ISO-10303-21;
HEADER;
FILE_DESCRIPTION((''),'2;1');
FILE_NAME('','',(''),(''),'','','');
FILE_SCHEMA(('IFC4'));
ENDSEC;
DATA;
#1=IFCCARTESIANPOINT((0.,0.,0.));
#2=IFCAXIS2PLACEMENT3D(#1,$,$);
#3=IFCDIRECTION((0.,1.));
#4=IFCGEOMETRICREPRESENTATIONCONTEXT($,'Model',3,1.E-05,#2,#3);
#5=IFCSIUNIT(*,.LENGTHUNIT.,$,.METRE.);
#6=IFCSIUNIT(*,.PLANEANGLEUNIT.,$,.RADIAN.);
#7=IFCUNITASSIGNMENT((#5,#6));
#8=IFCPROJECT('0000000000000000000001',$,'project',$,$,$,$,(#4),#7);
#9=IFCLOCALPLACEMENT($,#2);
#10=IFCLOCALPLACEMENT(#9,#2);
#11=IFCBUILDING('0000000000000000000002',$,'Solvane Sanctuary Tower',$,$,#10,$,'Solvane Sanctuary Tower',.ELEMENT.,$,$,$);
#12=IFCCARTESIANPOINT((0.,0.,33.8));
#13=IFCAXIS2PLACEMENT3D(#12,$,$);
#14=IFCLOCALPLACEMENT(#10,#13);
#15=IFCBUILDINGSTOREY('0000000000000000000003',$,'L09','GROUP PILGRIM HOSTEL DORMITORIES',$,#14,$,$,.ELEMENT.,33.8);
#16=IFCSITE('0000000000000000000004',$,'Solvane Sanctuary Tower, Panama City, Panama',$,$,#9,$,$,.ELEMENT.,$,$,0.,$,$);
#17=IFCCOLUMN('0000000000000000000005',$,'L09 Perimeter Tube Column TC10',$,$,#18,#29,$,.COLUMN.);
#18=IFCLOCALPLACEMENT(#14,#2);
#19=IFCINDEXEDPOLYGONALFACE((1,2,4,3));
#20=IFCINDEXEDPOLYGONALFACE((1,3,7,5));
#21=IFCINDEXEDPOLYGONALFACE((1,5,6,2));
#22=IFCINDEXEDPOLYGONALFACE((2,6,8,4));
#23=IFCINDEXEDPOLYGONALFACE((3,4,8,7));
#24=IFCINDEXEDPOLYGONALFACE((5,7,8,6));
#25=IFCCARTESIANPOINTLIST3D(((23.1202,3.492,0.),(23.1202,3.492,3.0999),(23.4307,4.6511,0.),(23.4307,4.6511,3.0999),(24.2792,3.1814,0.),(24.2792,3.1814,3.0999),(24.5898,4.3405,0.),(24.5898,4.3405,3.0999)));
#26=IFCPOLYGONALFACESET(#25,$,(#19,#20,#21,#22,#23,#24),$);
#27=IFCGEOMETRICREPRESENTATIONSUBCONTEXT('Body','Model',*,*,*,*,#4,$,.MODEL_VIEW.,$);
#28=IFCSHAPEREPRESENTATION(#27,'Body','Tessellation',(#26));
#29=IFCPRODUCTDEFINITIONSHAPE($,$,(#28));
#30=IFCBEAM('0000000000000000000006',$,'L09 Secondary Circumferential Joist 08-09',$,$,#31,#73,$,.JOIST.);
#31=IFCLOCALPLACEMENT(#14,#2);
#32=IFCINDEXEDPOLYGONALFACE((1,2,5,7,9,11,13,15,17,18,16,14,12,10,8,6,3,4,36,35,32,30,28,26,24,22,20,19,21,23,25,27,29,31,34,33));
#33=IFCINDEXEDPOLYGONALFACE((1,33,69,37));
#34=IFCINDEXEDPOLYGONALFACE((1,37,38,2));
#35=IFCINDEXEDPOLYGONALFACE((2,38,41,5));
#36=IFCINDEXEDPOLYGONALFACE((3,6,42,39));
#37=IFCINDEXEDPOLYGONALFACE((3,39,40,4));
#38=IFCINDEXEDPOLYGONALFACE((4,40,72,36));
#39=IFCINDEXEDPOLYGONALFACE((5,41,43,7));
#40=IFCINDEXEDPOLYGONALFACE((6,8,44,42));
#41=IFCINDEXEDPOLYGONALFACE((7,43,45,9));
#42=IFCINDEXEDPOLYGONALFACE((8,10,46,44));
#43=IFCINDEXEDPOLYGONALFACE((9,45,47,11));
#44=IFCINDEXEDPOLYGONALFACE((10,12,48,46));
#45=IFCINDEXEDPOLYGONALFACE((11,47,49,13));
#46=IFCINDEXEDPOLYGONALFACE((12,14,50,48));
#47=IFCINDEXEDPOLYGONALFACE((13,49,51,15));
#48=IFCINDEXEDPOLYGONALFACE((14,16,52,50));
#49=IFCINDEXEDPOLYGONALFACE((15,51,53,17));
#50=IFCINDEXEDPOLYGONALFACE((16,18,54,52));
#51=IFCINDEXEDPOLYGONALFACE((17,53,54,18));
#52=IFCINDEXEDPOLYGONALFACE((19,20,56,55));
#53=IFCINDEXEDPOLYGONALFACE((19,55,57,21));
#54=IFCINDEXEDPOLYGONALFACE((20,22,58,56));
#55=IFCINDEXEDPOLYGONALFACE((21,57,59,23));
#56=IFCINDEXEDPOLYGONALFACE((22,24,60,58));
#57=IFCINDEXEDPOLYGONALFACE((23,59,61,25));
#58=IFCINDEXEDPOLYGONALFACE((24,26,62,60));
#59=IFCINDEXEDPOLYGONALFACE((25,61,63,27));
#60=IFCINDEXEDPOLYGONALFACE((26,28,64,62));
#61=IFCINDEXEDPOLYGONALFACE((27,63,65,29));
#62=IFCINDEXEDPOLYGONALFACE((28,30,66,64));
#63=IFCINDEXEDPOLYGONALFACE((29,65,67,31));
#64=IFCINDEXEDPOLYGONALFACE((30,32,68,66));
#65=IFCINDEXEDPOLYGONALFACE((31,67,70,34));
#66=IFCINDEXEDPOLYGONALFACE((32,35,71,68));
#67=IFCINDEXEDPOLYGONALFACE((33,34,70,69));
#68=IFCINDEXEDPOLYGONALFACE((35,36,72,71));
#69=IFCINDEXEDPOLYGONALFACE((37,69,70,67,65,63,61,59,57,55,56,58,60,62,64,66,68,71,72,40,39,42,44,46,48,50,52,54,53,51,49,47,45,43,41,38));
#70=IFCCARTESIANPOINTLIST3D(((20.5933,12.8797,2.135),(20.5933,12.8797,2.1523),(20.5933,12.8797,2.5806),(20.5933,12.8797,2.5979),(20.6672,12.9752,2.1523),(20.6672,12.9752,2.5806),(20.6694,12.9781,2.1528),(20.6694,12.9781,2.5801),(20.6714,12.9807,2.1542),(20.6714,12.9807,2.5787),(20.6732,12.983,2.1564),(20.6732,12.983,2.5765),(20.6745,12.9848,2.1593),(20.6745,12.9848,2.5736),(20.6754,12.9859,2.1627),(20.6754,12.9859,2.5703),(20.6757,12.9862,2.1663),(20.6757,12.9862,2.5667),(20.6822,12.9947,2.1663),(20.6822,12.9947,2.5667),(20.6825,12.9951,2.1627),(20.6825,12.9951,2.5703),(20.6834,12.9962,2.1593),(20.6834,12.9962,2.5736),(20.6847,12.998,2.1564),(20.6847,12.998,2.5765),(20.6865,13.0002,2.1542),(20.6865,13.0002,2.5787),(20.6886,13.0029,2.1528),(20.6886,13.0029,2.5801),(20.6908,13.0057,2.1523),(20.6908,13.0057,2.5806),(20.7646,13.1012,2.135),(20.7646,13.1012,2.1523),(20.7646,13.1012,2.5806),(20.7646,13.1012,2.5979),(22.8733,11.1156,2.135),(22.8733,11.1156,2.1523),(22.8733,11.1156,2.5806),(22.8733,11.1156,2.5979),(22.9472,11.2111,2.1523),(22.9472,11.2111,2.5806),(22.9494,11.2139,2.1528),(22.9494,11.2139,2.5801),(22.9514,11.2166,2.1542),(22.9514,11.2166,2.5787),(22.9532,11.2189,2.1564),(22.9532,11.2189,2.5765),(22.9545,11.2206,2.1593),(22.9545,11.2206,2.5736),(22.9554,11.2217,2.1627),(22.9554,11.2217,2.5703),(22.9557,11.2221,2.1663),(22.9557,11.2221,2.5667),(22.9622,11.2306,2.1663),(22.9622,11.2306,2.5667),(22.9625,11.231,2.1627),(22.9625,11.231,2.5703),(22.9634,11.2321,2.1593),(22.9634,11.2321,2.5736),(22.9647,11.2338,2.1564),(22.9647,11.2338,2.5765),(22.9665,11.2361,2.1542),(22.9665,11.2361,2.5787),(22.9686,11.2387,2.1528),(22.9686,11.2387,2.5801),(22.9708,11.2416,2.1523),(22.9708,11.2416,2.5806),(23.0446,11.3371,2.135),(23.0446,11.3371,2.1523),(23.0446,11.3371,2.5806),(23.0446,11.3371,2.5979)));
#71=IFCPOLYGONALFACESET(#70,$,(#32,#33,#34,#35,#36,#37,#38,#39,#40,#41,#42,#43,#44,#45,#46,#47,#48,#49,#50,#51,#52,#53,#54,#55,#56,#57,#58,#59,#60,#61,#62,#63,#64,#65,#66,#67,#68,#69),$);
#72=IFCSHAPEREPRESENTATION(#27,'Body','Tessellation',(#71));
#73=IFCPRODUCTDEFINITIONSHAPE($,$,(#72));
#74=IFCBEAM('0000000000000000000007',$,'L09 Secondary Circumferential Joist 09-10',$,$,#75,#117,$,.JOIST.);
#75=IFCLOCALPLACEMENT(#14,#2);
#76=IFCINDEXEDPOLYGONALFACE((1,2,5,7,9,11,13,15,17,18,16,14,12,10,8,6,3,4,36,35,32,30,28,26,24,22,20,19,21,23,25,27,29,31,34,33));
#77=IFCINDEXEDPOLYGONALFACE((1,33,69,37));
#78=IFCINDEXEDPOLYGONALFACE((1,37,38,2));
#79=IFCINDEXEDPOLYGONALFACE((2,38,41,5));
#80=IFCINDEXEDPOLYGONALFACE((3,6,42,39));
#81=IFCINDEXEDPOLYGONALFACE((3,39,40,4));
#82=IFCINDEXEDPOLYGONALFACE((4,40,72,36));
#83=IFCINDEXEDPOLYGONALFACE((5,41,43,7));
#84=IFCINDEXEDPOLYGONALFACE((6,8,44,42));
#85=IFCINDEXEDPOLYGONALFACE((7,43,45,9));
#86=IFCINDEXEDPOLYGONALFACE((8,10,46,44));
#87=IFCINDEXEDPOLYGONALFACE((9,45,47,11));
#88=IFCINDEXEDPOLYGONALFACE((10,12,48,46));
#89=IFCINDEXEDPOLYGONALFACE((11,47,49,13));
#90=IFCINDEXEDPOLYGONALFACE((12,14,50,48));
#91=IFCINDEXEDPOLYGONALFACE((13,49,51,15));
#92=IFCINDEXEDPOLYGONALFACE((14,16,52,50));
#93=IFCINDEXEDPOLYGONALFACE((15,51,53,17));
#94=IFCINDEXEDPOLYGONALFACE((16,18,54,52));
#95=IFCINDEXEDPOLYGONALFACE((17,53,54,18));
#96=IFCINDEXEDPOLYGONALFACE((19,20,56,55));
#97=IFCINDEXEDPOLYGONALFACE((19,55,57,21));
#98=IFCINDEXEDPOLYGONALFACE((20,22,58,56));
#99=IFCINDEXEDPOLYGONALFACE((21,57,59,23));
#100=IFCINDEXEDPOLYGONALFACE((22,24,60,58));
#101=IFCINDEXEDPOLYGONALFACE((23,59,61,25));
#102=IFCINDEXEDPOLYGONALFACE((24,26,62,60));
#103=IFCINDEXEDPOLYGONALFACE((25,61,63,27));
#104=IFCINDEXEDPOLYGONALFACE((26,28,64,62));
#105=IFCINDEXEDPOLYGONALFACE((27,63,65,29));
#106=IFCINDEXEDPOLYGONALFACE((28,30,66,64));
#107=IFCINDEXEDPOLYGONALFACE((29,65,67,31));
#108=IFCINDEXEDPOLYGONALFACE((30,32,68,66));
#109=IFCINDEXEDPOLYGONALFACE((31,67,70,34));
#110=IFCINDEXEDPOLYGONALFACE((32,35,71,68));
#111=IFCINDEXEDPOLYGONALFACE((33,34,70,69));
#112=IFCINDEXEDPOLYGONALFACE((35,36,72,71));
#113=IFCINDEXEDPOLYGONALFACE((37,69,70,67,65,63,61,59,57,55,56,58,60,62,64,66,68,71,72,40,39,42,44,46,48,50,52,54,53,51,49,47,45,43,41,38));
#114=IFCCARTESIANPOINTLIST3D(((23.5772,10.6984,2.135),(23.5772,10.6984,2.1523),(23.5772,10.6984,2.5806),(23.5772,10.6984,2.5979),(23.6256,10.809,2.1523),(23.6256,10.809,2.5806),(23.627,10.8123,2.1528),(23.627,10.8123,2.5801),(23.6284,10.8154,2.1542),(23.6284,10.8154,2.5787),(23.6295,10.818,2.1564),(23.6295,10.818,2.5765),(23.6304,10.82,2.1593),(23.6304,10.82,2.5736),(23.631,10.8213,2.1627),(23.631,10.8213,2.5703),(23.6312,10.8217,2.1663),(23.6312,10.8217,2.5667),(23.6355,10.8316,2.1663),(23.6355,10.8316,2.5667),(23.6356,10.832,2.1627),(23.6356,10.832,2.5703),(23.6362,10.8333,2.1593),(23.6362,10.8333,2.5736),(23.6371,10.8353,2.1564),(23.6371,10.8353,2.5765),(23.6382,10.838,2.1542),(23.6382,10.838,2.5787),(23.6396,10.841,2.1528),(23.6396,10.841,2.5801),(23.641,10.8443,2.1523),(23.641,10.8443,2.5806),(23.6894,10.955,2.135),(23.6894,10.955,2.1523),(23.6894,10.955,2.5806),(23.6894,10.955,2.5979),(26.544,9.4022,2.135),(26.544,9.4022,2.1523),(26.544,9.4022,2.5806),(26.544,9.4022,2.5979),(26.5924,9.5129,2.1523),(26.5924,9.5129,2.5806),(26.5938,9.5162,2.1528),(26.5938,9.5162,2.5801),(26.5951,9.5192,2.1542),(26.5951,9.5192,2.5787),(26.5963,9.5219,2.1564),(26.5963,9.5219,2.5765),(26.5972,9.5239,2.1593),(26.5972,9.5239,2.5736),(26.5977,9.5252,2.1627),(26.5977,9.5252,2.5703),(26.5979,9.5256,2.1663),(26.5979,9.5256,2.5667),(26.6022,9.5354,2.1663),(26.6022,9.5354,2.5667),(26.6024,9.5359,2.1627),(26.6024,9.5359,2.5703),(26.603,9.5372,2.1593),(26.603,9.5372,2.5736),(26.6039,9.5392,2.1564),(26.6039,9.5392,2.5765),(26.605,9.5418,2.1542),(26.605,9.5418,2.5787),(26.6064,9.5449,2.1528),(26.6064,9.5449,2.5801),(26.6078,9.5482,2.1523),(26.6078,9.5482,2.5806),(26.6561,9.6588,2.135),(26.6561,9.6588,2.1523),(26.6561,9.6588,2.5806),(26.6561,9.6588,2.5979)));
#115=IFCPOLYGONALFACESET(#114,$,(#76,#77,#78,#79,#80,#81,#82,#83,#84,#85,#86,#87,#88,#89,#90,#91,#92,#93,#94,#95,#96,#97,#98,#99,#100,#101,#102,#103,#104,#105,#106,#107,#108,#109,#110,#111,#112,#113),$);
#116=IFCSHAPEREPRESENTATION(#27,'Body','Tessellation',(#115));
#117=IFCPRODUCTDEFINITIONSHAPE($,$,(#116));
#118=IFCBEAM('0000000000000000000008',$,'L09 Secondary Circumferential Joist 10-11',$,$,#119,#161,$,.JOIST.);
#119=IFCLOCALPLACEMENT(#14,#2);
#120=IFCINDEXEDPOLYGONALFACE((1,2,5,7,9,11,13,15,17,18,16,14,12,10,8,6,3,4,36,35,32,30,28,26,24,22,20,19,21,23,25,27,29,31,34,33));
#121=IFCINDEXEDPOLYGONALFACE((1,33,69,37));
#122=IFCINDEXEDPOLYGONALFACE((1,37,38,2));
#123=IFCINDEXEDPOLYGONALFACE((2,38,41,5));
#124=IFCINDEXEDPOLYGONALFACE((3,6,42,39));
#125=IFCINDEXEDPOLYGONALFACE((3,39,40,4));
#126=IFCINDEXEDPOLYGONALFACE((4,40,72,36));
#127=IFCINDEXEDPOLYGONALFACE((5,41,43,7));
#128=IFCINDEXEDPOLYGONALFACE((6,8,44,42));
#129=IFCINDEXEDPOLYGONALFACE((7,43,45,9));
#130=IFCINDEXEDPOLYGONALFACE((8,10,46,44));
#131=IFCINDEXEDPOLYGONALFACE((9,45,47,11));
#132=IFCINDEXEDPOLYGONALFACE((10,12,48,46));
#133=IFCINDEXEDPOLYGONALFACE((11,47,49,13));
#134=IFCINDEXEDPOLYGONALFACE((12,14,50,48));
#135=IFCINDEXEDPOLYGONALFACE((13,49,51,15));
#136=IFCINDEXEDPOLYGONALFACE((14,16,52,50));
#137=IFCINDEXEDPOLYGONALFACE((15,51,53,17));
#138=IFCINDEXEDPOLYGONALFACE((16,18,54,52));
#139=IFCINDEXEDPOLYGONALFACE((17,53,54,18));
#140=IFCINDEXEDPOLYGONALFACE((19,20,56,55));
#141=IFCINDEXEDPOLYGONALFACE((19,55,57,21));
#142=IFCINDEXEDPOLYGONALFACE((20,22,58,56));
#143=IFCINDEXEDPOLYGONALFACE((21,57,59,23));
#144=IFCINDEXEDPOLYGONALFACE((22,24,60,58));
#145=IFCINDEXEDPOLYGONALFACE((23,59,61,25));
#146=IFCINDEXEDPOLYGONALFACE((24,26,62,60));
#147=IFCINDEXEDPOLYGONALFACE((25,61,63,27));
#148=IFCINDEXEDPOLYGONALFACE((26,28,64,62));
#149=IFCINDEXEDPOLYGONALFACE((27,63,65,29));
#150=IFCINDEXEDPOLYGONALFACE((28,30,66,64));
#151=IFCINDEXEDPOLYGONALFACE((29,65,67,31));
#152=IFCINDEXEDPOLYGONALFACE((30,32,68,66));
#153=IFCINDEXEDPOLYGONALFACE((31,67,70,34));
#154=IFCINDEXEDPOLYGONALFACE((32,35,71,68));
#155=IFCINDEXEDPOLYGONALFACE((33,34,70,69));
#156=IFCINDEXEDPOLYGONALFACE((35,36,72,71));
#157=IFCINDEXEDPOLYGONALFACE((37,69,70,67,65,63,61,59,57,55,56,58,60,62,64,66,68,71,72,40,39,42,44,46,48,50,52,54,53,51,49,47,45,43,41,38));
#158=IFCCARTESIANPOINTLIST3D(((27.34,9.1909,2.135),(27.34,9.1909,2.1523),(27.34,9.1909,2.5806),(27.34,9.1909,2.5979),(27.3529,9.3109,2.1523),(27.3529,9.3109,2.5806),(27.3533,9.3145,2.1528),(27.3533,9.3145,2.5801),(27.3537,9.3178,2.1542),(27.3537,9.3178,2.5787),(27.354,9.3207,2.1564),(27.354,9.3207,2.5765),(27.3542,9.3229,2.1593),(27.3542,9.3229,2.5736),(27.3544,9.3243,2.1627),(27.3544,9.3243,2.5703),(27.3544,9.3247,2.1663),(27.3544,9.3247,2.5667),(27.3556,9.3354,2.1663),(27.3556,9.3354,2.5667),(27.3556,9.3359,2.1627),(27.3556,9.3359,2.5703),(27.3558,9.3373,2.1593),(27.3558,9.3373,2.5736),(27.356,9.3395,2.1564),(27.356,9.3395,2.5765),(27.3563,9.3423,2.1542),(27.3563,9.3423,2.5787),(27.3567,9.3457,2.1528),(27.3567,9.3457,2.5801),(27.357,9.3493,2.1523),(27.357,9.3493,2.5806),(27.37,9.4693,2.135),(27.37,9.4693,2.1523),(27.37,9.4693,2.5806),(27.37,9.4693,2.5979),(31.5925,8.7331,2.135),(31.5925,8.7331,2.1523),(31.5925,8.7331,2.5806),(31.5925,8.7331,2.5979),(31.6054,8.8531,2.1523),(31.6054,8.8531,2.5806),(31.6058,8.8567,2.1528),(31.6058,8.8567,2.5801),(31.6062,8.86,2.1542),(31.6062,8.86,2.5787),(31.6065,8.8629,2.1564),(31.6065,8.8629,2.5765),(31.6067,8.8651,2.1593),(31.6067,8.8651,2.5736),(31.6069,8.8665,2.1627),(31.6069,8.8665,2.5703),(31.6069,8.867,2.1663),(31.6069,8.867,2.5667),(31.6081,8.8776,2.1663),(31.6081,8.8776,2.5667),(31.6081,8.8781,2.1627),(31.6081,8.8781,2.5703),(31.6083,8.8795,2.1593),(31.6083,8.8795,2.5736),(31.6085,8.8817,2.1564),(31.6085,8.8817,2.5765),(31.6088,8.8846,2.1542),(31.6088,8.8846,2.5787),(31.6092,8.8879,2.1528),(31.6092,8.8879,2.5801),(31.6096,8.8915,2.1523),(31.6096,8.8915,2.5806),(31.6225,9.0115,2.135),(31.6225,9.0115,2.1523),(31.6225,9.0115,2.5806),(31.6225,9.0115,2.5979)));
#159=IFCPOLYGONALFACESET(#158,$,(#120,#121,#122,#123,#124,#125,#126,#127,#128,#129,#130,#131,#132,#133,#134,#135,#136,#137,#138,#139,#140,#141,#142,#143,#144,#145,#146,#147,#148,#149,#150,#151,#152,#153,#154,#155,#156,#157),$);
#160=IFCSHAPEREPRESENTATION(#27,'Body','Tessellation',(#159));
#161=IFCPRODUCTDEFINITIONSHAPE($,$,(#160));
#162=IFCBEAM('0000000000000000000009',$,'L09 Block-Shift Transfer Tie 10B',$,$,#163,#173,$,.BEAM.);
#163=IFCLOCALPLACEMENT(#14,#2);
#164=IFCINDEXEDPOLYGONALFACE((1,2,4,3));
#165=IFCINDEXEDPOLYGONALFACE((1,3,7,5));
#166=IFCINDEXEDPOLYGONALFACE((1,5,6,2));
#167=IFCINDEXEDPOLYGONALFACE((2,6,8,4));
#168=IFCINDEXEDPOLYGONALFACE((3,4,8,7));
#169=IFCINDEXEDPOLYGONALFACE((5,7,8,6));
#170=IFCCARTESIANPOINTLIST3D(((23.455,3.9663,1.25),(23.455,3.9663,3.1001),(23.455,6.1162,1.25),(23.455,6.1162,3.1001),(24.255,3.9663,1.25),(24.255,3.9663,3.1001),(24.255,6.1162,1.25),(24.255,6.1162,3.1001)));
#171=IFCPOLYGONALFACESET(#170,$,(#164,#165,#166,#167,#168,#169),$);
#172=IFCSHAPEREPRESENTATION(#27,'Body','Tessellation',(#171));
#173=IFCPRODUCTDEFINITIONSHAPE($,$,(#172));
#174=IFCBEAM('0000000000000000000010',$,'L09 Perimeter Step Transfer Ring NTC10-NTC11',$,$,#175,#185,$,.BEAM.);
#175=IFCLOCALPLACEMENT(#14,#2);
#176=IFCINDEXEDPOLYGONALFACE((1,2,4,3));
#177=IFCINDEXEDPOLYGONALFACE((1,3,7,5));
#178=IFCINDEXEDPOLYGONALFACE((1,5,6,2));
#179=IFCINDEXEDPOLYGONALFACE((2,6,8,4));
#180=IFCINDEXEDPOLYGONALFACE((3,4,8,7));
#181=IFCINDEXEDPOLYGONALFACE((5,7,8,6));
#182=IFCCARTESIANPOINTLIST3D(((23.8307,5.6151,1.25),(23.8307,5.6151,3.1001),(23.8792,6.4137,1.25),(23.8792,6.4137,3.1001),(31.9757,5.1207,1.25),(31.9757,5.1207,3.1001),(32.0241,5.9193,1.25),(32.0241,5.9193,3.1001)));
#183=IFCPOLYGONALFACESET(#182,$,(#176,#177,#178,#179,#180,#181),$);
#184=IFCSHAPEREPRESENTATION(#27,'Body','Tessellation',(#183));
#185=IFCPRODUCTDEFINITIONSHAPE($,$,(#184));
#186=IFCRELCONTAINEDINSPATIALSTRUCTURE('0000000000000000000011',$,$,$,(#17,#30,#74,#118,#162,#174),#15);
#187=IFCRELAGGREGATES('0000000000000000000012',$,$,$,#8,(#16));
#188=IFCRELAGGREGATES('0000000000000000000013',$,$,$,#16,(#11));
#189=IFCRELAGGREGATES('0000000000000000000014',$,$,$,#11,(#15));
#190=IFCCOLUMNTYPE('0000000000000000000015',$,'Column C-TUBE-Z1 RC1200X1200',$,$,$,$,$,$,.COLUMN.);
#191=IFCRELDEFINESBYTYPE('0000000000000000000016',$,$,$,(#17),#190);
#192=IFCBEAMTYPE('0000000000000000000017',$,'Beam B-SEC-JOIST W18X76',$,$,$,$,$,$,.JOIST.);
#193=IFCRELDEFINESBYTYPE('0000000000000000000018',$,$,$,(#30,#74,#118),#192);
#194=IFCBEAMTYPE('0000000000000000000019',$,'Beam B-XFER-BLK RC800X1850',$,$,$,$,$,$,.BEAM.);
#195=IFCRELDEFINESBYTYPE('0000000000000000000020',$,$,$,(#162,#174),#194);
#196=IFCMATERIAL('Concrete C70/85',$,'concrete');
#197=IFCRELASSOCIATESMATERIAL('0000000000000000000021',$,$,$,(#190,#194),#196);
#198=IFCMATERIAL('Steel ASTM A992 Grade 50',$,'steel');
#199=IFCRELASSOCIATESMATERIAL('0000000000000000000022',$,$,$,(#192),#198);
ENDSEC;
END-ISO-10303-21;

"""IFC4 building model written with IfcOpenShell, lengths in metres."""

from ifc_helpers import new_model, si_unit, direction, frame, origin, origin_2d, place, context, subcontext, project, spatial, rectangle, i_section, extrude, material, material_profile, profile_set, type_object, element, save


model = new_model("IFC4")

# Units and contexts
model_context = context("Model", 3, precision=1e-05, world=origin(), true_north=direction((0.0, 1.0)))
body_context = subcontext(model_context, "Body", "Model", "MODEL_VIEW")
ifc_project = project(units=[si_unit("LENGTHUNIT", "METRE"), si_unit("PLANEANGLEUNIT", "RADIAN")], contexts=[model_context])

# Site, building, storey
site_placement = place(None, origin())
site = spatial("IfcSite", under=ifc_project, at=site_placement, Name="Solvane Sanctuary Tower, Panama City, Panama", CompositionType="ELEMENT", RefElevation=0.0)
building_placement = place(site_placement, origin())
building = spatial("IfcBuilding", under=site, at=building_placement, Name="Solvane Sanctuary Tower", LongName="Solvane Sanctuary Tower", CompositionType="ELEMENT")
storey_placement = place(building_placement, frame((0.0, 0.0, 33.8)))
storey = spatial("IfcBuildingStorey", under=building, at=storey_placement, Name="L09", Description="GROUP PILGRIM HOSTEL DORMITORIES", CompositionType="ELEMENT", Elevation=33.8)

# Column
ifc_material_1 = material(Name="Concrete C70/85", Category="concrete")
ifc_material_profile_1 = material_profile(ifc_material_1, rectangle(XDim=1.2, YDim=1.2, at=origin_2d()), Name="RC1200X1200")
ifc_profile_set_1 = profile_set([ifc_material_profile_1], Name="Concrete C70/85")
column_type = type_object("IfcColumnType", Name="Column C-TUBE-Z1 RC1200X1200", PredefinedType="COLUMN", material=ifc_profile_set_1)
column_placement = place(storey_placement, frame((23.855, 3.9163, 0.0), z_axis=(0.0, 0.0, 1.0), x_axis=(-0.258819, -0.965926, 0.0)))
element("IfcColumn", 1, at=column_placement, inside=storey, type_object=column_type, Name="L09 Perimeter Tube Column TC10", PredefinedType="COLUMN", context=body_context, shape_type="SweptSolid", body=[
    extrude(rectangle(XDim=1.2, YDim=1.2, at=origin_2d()), origin(), (0.0, 0.0, 1.0), 3.0999),
])

# Beams
ifc_material_2 = material(Name="Steel ASTM A992 Grade 50", Category="steel")
ifc_material_profile_2 = material_profile(ifc_material_2, i_section(OverallWidth=0.28, OverallDepth=0.4629, WebThickness=0.0107, FlangeThickness=0.0173, FilletRadius=0.0139, at=origin_2d()), Name="W18X76")
ifc_profile_set_2 = profile_set([ifc_material_profile_2], Name="Steel ASTM A992 Grade 50")
beam_type_1 = type_object("IfcBeamType", Name="Beam B-SEC-JOIST W18X76", PredefinedType="JOIST", material=ifc_profile_set_2)
beam_1_placement = place(storey_placement, frame((20.679, 12.9905, 2.3665), z_axis=(0.790896, -0.611951, 0.0), x_axis=(0.611951, 0.790896, 0.0)))
element("IfcBeam", 2, at=beam_1_placement, inside=storey, type_object=beam_type_1, Name="L09 Secondary Circumferential Joist 08-09", PredefinedType="JOIST", context=body_context, shape_type="SweptSolid", body=[
    extrude(i_section(OverallWidth=0.28, OverallDepth=0.4629, WebThickness=0.0107, FlangeThickness=0.0173, FilletRadius=0.0139, at=origin_2d()), origin(), (0.0, 0.0, 1.0), 2.8828),
])
beam_2_placement = place(storey_placement, frame((23.6333, 10.8267, 2.3665), z_axis=(0.916365, -0.400344, 0.0), x_axis=(0.400344, 0.916365, 0.0)))
element("IfcBeam", 3, at=beam_2_placement, inside=storey, type_object=beam_type_1, Name="L09 Secondary Circumferential Joist 09-10", PredefinedType="JOIST", context=body_context, shape_type="SweptSolid", body=[
    extrude(i_section(OverallWidth=0.28, OverallDepth=0.4629, WebThickness=0.0107, FlangeThickness=0.0173, FilletRadius=0.0139, at=origin_2d()), origin(), (0.0, 0.0, 1.0), 3.2375),
])
beam_3_placement = place(storey_placement, frame((27.355, 9.3301, 2.3665), z_axis=(0.994256, -0.107029, 0.0), x_axis=(0.107029, 0.994256, 0.0)))
element("IfcBeam", 4, at=beam_3_placement, inside=storey, type_object=beam_type_1, Name="L09 Secondary Circumferential Joist 10-11", PredefinedType="JOIST", context=body_context, shape_type="SweptSolid", body=[
    extrude(i_section(OverallWidth=0.28, OverallDepth=0.4629, WebThickness=0.0107, FlangeThickness=0.0173, FilletRadius=0.0139, at=origin_2d()), origin(), (0.0, 0.0, 1.0), 4.2771),
])
ifc_material_profile_3 = material_profile(ifc_material_1, rectangle(XDim=0.8, YDim=1.8501, at=origin_2d()), Name="RC800X1850")
ifc_profile_set_3 = profile_set([ifc_material_profile_3], Name="Concrete C70/85")
beam_type_2 = type_object("IfcBeamType", Name="Beam B-XFER-BLK RC800X1850", PredefinedType="BEAM", material=ifc_profile_set_3)
beam_4_placement = place(storey_placement, frame((23.855, 3.9663, 2.175), z_axis=(0.0, 1.0, 0.0), x_axis=(-1.0, 0.0, 0.0)))
element("IfcBeam", 5, at=beam_4_placement, inside=storey, type_object=beam_type_2, Name="L09 Block-Shift Transfer Tie 10B", PredefinedType="BEAM", context=body_context, shape_type="SweptSolid", body=[
    extrude(rectangle(XDim=0.8, YDim=1.8501, at=origin_2d()), origin(), (0.0, 0.0, 1.0), 2.1499),
])
beam_5_placement = place(storey_placement, frame((23.855, 6.0144, 2.175), z_axis=(0.998163, -0.060586, 0.0), x_axis=(0.060586, 0.998163, 0.0)))
element("IfcBeam", 6, at=beam_5_placement, inside=storey, type_object=beam_type_2, Name="L09 Perimeter Step Transfer Ring NTC10-NTC11", PredefinedType="BEAM", context=body_context, shape_type="SweptSolid", body=[
    extrude(rectangle(XDim=0.8, YDim=1.8501, at=origin_2d()), origin(), (0.0, 0.0, 1.0), 8.1599),
])

save(model, "model.ifc")
